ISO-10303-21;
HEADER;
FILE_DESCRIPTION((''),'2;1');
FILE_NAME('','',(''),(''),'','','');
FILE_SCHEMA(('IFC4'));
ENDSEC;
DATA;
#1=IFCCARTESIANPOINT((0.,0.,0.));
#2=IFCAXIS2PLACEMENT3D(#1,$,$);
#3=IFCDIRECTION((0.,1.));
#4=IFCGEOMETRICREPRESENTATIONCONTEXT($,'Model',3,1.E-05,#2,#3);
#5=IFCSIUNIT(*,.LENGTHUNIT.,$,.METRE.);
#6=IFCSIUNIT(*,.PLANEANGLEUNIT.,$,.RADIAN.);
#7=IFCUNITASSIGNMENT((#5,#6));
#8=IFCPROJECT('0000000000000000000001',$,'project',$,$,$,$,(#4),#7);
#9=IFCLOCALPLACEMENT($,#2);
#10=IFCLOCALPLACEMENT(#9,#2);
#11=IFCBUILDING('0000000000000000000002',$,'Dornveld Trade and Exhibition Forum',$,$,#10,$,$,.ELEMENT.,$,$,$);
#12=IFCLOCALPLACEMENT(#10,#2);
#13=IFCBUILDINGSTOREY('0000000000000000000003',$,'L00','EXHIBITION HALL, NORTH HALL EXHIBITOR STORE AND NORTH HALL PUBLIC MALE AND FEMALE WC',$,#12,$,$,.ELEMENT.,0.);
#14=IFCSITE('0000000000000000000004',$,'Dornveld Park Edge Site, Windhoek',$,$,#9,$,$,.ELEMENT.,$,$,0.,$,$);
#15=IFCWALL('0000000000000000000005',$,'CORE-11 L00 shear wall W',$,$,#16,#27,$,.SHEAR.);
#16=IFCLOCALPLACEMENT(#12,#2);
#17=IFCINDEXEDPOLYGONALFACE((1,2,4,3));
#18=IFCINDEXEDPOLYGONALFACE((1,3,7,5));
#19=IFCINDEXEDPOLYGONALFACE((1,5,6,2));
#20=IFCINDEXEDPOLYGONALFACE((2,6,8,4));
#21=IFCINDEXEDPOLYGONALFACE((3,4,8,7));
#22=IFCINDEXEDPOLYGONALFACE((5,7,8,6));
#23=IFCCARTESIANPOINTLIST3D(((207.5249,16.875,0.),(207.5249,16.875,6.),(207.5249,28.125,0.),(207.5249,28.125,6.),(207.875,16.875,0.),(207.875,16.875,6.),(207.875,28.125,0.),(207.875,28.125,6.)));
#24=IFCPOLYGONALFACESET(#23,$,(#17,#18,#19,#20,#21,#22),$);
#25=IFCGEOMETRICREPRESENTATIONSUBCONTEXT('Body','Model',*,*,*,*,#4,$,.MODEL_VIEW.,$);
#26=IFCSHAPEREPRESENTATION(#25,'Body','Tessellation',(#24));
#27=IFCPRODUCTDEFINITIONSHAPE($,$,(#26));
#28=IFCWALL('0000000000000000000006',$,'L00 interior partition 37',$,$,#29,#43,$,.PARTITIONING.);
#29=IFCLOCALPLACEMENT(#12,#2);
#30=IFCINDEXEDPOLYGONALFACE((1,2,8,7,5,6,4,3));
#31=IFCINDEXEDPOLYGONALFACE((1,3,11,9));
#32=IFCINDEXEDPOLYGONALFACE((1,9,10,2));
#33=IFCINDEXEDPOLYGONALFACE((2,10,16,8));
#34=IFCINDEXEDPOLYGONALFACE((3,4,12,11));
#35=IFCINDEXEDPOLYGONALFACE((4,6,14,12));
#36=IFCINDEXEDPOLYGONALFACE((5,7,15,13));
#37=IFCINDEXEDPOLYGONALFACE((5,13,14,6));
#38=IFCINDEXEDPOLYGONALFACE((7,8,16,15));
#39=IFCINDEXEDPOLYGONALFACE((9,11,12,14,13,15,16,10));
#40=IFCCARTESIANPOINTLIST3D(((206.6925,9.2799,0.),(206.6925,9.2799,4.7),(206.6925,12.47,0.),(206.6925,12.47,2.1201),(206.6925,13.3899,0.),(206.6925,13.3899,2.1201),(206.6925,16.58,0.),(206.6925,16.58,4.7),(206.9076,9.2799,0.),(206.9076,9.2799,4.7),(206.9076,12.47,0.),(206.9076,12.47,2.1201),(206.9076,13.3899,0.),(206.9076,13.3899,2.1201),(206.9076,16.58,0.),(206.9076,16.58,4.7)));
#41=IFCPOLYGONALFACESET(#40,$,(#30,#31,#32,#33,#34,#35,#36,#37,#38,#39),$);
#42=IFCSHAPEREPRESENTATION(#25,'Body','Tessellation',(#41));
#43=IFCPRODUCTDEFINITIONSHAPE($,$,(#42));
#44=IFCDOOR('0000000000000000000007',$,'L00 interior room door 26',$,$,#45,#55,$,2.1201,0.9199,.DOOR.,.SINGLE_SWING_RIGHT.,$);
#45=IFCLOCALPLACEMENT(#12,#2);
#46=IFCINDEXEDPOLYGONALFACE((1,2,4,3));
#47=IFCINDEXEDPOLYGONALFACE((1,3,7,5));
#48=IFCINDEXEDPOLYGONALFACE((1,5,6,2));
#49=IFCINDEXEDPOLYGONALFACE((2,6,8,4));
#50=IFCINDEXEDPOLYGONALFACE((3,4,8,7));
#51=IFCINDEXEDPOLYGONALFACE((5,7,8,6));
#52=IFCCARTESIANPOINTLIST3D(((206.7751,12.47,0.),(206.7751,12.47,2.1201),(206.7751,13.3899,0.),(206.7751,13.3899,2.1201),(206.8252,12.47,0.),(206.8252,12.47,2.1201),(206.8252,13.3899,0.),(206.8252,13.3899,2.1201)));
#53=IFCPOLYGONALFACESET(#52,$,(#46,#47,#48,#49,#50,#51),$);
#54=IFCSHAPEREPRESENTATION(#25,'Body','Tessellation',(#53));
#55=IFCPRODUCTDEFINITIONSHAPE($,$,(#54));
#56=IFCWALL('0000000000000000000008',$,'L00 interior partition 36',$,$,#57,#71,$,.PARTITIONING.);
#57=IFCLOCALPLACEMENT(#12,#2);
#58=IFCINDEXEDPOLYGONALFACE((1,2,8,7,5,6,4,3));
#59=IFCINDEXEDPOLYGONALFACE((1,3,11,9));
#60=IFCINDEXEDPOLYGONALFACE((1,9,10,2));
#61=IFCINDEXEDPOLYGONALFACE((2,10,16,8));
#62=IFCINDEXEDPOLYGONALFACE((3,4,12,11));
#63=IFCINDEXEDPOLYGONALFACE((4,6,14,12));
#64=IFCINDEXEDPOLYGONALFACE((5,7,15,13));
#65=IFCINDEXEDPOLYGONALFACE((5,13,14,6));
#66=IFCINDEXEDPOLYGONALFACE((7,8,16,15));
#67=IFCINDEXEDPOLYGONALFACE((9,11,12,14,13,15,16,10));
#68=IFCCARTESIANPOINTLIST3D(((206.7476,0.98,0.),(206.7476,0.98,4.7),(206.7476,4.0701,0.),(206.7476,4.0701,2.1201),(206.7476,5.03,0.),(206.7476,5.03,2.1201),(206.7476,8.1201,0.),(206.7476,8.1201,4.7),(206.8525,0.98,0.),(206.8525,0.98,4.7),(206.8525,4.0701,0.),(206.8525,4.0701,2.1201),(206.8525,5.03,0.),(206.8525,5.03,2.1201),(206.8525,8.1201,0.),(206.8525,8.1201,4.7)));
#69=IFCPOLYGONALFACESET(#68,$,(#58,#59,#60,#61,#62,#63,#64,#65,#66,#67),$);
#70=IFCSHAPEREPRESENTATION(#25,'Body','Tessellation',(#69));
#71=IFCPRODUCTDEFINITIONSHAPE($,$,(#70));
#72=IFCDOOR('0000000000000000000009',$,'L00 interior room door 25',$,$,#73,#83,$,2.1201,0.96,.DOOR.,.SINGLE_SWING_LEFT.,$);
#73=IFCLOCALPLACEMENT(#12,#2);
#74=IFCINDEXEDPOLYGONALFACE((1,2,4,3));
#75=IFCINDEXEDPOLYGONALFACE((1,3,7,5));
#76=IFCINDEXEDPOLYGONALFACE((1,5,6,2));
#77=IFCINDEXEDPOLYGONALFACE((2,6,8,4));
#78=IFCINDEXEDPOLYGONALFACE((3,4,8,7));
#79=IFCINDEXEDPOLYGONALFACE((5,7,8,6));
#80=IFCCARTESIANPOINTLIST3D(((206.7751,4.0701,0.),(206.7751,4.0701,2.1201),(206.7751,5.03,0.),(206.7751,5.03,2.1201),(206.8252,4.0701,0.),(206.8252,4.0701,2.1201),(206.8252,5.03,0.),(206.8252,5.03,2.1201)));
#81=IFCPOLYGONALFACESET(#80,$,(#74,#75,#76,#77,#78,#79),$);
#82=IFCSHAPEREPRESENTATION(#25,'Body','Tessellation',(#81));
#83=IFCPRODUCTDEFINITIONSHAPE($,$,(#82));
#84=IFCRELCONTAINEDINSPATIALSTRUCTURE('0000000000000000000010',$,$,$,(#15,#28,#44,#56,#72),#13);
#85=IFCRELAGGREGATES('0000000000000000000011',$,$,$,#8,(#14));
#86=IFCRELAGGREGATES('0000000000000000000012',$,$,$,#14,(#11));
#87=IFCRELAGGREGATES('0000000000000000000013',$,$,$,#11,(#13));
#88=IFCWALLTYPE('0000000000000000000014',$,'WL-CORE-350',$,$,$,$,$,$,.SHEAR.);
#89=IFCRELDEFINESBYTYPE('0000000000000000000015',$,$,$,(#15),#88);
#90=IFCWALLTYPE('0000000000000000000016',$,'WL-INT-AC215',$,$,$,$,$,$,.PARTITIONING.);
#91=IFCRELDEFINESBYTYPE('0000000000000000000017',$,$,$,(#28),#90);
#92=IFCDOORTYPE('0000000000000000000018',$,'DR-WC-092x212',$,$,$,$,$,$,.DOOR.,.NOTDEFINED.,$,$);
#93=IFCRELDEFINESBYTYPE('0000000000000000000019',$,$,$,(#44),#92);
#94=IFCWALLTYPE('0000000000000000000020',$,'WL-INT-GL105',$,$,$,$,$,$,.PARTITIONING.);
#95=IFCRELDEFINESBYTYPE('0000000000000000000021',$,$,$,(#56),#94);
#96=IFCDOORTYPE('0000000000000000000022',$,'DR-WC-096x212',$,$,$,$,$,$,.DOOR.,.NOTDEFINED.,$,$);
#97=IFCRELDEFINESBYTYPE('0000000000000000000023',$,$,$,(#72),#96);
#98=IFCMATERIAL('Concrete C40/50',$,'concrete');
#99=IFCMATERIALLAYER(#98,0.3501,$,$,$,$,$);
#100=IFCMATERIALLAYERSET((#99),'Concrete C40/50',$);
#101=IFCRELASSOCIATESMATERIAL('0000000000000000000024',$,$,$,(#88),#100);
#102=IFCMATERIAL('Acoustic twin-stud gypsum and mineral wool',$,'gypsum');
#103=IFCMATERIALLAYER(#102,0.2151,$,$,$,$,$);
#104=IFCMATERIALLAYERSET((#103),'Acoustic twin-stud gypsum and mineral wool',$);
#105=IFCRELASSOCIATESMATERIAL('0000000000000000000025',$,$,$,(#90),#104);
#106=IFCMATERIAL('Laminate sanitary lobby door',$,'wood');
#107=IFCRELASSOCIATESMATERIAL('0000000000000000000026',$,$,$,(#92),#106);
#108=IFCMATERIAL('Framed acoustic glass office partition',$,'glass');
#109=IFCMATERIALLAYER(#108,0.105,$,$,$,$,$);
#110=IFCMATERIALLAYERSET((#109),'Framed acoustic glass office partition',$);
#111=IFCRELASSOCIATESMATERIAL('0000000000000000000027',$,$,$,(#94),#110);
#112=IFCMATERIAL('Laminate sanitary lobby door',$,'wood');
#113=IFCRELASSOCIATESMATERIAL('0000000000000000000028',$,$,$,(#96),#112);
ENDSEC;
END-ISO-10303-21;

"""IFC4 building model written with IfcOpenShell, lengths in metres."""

from ifc_helpers import new_model, si_unit, direction, frame, frame_2d, origin, place, context, subcontext, project, spatial, rectangle, extrude, material, layer, layer_set, type_object, element, fill, save


model = new_model("IFC4")

# Units and contexts
model_context = context("Model", 3, precision=1e-05, world=origin(), true_north=direction((0.0, 1.0)))
body_context = subcontext(model_context, "Body", "Model", "MODEL_VIEW")
ifc_project = project(units=[si_unit("LENGTHUNIT", "METRE"), si_unit("PLANEANGLEUNIT", "RADIAN")], contexts=[model_context])

# Site, building, storey
site_placement = place(None, origin())
site = spatial("IfcSite", under=ifc_project, at=site_placement, Name="Dornveld Park Edge Site, Windhoek", CompositionType="ELEMENT", RefElevation=0.0)
building_placement = place(site_placement, origin())
building = spatial("IfcBuilding", under=site, at=building_placement, Name="Dornveld Trade and Exhibition Forum", CompositionType="ELEMENT")
storey_placement = place(building_placement, origin())
storey = spatial("IfcBuildingStorey", under=building, at=storey_placement, Name="L00", Description="EXHIBITION HALL, NORTH HALL EXHIBITOR STORE AND NORTH HALL PUBLIC MALE AND FEMALE WC", CompositionType="ELEMENT", Elevation=0.0)

# Wall
ifc_material_1 = material(Name="Concrete C40/50", Category="concrete")
ifc_layer_1 = layer(ifc_material_1, 0.3501)
ifc_layer_set_1 = layer_set([ifc_layer_1], Name="Concrete C40/50")
wall_type_1 = type_object("IfcWallType", Name="WL-CORE-350", PredefinedType="SHEAR", material=ifc_layer_set_1)
wall_1_placement = place(storey_placement, frame((207.7, 16.875, 0.0), z_axis=(0.0, 0.0, 1.0), x_axis=(0.0, 1.0, 0.0)))
element("IfcWall", 1, at=wall_1_placement, inside=storey, type_object=wall_type_1, Name="CORE-11 L00 shear wall W", PredefinedType="SHEAR", context=body_context, shape_type="SweptSolid", body=[
    extrude(rectangle(XDim=11.25, YDim=0.3501, at=frame_2d((5.625, 0.0))), origin(), (0.0, 0.0, 1.0), 6.0),
])

# Walls, openings, doors
ifc_material_2 = material(Name="Acoustic twin-stud gypsum and mineral wool", Category="gypsum")
ifc_layer_2 = layer(ifc_material_2, 0.2151)
ifc_layer_set_2 = layer_set([ifc_layer_2], Name="Acoustic twin-stud gypsum and mineral wool")
wall_type_2 = type_object("IfcWallType", Name="WL-INT-AC215", PredefinedType="PARTITIONING", material=ifc_layer_set_2)
wall_2_placement = place(storey_placement, frame((206.8, 9.28, 0.0), z_axis=(0.0, 0.0, 1.0), x_axis=(0.0, 1.0, 0.0)))
wall_2 = element("IfcWall", 2, at=wall_2_placement, inside=storey, type_object=wall_type_2, Name="L00 interior partition 37", PredefinedType="PARTITIONING", context=body_context, shape_type="SweptSolid", body=[
    extrude(rectangle(XDim=7.3, YDim=0.2151, at=frame_2d((3.6499, 0.0))), origin(), (0.0, 0.0, 1.0), 4.7),
])
opening_1_placement = place(wall_2_placement, frame((3.1899, 0.0, 0.0)))
opening_1 = element("IfcOpeningElement", 3, at=opening_1_placement, cuts=wall_2, PredefinedType="OPENING", context=body_context, shape_type="SweptSolid", body=[
    extrude(rectangle(XDim=0.9199, YDim=2.1201, at=frame_2d((0.46, 1.0601))), frame((0.0, 0.1174, 0.0), z_axis=(0.0, -1.0, 0.0), x_axis=(1.0, 0.0, 0.0)), (0.0, 0.0, 1.0), 0.2351),
])
ifc_material_3 = material(Name="Laminate sanitary lobby door", Category="wood")
door_type_1 = type_object("IfcDoorType", Name="DR-WC-092x212", OperationType="NOTDEFINED", PredefinedType="DOOR", material=ifc_material_3)
door_1_placement = place(opening_1_placement, origin())
door_1 = element("IfcDoor", 4, at=door_1_placement, inside=storey, type_object=door_type_1, Name="L00 interior room door 26", OperationType="SINGLE_SWING_RIGHT", OverallHeight=2.1201, OverallWidth=0.9199, PredefinedType="DOOR", context=body_context, shape_type="SweptSolid", body=[
    extrude(rectangle(XDim=0.9199, YDim=2.1201, at=frame_2d((0.46, 1.0601))), frame((0.0, 0.0249, 0.0), z_axis=(0.0, -1.0, 0.0), x_axis=(1.0, 0.0, 0.0)), (0.0, 0.0, 1.0), 0.05),
])
fill(opening_1, door_1)
ifc_material_4 = material(Name="Framed acoustic glass office partition", Category="glass")
ifc_layer_3 = layer(ifc_material_4, 0.105)
ifc_layer_set_3 = layer_set([ifc_layer_3], Name="Framed acoustic glass office partition")
wall_type_3 = type_object("IfcWallType", Name="WL-INT-GL105", PredefinedType="PARTITIONING", material=ifc_layer_set_3)
wall_3_placement = place(storey_placement, frame((206.8, 0.98, 0.0), z_axis=(0.0, 0.0, 1.0), x_axis=(0.0, 1.0, 0.0)))
wall_3 = element("IfcWall", 5, at=wall_3_placement, inside=storey, type_object=wall_type_3, Name="L00 interior partition 36", PredefinedType="PARTITIONING", context=body_context, shape_type="SweptSolid", body=[
    extrude(rectangle(XDim=7.1401, YDim=0.105, at=frame_2d((3.5701, 0.0))), origin(), (0.0, 0.0, 1.0), 4.7),
])
opening_2_placement = place(wall_3_placement, frame((3.0901, 0.0, 0.0)))
opening_2 = element("IfcOpeningElement", 6, at=opening_2_placement, cuts=wall_3, PredefinedType="OPENING", context=body_context, shape_type="SweptSolid", body=[
    extrude(rectangle(XDim=0.96, YDim=2.1201, at=frame_2d((0.48, 1.0601))), frame((0.0, 0.0625, 0.0), z_axis=(0.0, -1.0, 0.0), x_axis=(1.0, 0.0, 0.0)), (0.0, 0.0, 1.0), 0.125),
])
ifc_material_5 = material(Name="Laminate sanitary lobby door", Category="wood")
door_type_2 = type_object("IfcDoorType", Name="DR-WC-096x212", OperationType="NOTDEFINED", PredefinedType="DOOR", material=ifc_material_5)
door_2_placement = place(opening_2_placement, origin())
door_2 = element("IfcDoor", 7, at=door_2_placement, inside=storey, type_object=door_type_2, Name="L00 interior room door 25", OperationType="SINGLE_SWING_LEFT", OverallHeight=2.1201, OverallWidth=0.96, PredefinedType="DOOR", context=body_context, shape_type="SweptSolid", body=[
    extrude(rectangle(XDim=0.96, YDim=2.1201, at=frame_2d((0.48, 1.0601))), frame((0.0, 0.0249, 0.0), z_axis=(0.0, -1.0, 0.0), x_axis=(1.0, 0.0, 0.0)), (0.0, 0.0, 1.0), 0.05),
])
fill(opening_2, door_2)

save(model, "model.ifc")
